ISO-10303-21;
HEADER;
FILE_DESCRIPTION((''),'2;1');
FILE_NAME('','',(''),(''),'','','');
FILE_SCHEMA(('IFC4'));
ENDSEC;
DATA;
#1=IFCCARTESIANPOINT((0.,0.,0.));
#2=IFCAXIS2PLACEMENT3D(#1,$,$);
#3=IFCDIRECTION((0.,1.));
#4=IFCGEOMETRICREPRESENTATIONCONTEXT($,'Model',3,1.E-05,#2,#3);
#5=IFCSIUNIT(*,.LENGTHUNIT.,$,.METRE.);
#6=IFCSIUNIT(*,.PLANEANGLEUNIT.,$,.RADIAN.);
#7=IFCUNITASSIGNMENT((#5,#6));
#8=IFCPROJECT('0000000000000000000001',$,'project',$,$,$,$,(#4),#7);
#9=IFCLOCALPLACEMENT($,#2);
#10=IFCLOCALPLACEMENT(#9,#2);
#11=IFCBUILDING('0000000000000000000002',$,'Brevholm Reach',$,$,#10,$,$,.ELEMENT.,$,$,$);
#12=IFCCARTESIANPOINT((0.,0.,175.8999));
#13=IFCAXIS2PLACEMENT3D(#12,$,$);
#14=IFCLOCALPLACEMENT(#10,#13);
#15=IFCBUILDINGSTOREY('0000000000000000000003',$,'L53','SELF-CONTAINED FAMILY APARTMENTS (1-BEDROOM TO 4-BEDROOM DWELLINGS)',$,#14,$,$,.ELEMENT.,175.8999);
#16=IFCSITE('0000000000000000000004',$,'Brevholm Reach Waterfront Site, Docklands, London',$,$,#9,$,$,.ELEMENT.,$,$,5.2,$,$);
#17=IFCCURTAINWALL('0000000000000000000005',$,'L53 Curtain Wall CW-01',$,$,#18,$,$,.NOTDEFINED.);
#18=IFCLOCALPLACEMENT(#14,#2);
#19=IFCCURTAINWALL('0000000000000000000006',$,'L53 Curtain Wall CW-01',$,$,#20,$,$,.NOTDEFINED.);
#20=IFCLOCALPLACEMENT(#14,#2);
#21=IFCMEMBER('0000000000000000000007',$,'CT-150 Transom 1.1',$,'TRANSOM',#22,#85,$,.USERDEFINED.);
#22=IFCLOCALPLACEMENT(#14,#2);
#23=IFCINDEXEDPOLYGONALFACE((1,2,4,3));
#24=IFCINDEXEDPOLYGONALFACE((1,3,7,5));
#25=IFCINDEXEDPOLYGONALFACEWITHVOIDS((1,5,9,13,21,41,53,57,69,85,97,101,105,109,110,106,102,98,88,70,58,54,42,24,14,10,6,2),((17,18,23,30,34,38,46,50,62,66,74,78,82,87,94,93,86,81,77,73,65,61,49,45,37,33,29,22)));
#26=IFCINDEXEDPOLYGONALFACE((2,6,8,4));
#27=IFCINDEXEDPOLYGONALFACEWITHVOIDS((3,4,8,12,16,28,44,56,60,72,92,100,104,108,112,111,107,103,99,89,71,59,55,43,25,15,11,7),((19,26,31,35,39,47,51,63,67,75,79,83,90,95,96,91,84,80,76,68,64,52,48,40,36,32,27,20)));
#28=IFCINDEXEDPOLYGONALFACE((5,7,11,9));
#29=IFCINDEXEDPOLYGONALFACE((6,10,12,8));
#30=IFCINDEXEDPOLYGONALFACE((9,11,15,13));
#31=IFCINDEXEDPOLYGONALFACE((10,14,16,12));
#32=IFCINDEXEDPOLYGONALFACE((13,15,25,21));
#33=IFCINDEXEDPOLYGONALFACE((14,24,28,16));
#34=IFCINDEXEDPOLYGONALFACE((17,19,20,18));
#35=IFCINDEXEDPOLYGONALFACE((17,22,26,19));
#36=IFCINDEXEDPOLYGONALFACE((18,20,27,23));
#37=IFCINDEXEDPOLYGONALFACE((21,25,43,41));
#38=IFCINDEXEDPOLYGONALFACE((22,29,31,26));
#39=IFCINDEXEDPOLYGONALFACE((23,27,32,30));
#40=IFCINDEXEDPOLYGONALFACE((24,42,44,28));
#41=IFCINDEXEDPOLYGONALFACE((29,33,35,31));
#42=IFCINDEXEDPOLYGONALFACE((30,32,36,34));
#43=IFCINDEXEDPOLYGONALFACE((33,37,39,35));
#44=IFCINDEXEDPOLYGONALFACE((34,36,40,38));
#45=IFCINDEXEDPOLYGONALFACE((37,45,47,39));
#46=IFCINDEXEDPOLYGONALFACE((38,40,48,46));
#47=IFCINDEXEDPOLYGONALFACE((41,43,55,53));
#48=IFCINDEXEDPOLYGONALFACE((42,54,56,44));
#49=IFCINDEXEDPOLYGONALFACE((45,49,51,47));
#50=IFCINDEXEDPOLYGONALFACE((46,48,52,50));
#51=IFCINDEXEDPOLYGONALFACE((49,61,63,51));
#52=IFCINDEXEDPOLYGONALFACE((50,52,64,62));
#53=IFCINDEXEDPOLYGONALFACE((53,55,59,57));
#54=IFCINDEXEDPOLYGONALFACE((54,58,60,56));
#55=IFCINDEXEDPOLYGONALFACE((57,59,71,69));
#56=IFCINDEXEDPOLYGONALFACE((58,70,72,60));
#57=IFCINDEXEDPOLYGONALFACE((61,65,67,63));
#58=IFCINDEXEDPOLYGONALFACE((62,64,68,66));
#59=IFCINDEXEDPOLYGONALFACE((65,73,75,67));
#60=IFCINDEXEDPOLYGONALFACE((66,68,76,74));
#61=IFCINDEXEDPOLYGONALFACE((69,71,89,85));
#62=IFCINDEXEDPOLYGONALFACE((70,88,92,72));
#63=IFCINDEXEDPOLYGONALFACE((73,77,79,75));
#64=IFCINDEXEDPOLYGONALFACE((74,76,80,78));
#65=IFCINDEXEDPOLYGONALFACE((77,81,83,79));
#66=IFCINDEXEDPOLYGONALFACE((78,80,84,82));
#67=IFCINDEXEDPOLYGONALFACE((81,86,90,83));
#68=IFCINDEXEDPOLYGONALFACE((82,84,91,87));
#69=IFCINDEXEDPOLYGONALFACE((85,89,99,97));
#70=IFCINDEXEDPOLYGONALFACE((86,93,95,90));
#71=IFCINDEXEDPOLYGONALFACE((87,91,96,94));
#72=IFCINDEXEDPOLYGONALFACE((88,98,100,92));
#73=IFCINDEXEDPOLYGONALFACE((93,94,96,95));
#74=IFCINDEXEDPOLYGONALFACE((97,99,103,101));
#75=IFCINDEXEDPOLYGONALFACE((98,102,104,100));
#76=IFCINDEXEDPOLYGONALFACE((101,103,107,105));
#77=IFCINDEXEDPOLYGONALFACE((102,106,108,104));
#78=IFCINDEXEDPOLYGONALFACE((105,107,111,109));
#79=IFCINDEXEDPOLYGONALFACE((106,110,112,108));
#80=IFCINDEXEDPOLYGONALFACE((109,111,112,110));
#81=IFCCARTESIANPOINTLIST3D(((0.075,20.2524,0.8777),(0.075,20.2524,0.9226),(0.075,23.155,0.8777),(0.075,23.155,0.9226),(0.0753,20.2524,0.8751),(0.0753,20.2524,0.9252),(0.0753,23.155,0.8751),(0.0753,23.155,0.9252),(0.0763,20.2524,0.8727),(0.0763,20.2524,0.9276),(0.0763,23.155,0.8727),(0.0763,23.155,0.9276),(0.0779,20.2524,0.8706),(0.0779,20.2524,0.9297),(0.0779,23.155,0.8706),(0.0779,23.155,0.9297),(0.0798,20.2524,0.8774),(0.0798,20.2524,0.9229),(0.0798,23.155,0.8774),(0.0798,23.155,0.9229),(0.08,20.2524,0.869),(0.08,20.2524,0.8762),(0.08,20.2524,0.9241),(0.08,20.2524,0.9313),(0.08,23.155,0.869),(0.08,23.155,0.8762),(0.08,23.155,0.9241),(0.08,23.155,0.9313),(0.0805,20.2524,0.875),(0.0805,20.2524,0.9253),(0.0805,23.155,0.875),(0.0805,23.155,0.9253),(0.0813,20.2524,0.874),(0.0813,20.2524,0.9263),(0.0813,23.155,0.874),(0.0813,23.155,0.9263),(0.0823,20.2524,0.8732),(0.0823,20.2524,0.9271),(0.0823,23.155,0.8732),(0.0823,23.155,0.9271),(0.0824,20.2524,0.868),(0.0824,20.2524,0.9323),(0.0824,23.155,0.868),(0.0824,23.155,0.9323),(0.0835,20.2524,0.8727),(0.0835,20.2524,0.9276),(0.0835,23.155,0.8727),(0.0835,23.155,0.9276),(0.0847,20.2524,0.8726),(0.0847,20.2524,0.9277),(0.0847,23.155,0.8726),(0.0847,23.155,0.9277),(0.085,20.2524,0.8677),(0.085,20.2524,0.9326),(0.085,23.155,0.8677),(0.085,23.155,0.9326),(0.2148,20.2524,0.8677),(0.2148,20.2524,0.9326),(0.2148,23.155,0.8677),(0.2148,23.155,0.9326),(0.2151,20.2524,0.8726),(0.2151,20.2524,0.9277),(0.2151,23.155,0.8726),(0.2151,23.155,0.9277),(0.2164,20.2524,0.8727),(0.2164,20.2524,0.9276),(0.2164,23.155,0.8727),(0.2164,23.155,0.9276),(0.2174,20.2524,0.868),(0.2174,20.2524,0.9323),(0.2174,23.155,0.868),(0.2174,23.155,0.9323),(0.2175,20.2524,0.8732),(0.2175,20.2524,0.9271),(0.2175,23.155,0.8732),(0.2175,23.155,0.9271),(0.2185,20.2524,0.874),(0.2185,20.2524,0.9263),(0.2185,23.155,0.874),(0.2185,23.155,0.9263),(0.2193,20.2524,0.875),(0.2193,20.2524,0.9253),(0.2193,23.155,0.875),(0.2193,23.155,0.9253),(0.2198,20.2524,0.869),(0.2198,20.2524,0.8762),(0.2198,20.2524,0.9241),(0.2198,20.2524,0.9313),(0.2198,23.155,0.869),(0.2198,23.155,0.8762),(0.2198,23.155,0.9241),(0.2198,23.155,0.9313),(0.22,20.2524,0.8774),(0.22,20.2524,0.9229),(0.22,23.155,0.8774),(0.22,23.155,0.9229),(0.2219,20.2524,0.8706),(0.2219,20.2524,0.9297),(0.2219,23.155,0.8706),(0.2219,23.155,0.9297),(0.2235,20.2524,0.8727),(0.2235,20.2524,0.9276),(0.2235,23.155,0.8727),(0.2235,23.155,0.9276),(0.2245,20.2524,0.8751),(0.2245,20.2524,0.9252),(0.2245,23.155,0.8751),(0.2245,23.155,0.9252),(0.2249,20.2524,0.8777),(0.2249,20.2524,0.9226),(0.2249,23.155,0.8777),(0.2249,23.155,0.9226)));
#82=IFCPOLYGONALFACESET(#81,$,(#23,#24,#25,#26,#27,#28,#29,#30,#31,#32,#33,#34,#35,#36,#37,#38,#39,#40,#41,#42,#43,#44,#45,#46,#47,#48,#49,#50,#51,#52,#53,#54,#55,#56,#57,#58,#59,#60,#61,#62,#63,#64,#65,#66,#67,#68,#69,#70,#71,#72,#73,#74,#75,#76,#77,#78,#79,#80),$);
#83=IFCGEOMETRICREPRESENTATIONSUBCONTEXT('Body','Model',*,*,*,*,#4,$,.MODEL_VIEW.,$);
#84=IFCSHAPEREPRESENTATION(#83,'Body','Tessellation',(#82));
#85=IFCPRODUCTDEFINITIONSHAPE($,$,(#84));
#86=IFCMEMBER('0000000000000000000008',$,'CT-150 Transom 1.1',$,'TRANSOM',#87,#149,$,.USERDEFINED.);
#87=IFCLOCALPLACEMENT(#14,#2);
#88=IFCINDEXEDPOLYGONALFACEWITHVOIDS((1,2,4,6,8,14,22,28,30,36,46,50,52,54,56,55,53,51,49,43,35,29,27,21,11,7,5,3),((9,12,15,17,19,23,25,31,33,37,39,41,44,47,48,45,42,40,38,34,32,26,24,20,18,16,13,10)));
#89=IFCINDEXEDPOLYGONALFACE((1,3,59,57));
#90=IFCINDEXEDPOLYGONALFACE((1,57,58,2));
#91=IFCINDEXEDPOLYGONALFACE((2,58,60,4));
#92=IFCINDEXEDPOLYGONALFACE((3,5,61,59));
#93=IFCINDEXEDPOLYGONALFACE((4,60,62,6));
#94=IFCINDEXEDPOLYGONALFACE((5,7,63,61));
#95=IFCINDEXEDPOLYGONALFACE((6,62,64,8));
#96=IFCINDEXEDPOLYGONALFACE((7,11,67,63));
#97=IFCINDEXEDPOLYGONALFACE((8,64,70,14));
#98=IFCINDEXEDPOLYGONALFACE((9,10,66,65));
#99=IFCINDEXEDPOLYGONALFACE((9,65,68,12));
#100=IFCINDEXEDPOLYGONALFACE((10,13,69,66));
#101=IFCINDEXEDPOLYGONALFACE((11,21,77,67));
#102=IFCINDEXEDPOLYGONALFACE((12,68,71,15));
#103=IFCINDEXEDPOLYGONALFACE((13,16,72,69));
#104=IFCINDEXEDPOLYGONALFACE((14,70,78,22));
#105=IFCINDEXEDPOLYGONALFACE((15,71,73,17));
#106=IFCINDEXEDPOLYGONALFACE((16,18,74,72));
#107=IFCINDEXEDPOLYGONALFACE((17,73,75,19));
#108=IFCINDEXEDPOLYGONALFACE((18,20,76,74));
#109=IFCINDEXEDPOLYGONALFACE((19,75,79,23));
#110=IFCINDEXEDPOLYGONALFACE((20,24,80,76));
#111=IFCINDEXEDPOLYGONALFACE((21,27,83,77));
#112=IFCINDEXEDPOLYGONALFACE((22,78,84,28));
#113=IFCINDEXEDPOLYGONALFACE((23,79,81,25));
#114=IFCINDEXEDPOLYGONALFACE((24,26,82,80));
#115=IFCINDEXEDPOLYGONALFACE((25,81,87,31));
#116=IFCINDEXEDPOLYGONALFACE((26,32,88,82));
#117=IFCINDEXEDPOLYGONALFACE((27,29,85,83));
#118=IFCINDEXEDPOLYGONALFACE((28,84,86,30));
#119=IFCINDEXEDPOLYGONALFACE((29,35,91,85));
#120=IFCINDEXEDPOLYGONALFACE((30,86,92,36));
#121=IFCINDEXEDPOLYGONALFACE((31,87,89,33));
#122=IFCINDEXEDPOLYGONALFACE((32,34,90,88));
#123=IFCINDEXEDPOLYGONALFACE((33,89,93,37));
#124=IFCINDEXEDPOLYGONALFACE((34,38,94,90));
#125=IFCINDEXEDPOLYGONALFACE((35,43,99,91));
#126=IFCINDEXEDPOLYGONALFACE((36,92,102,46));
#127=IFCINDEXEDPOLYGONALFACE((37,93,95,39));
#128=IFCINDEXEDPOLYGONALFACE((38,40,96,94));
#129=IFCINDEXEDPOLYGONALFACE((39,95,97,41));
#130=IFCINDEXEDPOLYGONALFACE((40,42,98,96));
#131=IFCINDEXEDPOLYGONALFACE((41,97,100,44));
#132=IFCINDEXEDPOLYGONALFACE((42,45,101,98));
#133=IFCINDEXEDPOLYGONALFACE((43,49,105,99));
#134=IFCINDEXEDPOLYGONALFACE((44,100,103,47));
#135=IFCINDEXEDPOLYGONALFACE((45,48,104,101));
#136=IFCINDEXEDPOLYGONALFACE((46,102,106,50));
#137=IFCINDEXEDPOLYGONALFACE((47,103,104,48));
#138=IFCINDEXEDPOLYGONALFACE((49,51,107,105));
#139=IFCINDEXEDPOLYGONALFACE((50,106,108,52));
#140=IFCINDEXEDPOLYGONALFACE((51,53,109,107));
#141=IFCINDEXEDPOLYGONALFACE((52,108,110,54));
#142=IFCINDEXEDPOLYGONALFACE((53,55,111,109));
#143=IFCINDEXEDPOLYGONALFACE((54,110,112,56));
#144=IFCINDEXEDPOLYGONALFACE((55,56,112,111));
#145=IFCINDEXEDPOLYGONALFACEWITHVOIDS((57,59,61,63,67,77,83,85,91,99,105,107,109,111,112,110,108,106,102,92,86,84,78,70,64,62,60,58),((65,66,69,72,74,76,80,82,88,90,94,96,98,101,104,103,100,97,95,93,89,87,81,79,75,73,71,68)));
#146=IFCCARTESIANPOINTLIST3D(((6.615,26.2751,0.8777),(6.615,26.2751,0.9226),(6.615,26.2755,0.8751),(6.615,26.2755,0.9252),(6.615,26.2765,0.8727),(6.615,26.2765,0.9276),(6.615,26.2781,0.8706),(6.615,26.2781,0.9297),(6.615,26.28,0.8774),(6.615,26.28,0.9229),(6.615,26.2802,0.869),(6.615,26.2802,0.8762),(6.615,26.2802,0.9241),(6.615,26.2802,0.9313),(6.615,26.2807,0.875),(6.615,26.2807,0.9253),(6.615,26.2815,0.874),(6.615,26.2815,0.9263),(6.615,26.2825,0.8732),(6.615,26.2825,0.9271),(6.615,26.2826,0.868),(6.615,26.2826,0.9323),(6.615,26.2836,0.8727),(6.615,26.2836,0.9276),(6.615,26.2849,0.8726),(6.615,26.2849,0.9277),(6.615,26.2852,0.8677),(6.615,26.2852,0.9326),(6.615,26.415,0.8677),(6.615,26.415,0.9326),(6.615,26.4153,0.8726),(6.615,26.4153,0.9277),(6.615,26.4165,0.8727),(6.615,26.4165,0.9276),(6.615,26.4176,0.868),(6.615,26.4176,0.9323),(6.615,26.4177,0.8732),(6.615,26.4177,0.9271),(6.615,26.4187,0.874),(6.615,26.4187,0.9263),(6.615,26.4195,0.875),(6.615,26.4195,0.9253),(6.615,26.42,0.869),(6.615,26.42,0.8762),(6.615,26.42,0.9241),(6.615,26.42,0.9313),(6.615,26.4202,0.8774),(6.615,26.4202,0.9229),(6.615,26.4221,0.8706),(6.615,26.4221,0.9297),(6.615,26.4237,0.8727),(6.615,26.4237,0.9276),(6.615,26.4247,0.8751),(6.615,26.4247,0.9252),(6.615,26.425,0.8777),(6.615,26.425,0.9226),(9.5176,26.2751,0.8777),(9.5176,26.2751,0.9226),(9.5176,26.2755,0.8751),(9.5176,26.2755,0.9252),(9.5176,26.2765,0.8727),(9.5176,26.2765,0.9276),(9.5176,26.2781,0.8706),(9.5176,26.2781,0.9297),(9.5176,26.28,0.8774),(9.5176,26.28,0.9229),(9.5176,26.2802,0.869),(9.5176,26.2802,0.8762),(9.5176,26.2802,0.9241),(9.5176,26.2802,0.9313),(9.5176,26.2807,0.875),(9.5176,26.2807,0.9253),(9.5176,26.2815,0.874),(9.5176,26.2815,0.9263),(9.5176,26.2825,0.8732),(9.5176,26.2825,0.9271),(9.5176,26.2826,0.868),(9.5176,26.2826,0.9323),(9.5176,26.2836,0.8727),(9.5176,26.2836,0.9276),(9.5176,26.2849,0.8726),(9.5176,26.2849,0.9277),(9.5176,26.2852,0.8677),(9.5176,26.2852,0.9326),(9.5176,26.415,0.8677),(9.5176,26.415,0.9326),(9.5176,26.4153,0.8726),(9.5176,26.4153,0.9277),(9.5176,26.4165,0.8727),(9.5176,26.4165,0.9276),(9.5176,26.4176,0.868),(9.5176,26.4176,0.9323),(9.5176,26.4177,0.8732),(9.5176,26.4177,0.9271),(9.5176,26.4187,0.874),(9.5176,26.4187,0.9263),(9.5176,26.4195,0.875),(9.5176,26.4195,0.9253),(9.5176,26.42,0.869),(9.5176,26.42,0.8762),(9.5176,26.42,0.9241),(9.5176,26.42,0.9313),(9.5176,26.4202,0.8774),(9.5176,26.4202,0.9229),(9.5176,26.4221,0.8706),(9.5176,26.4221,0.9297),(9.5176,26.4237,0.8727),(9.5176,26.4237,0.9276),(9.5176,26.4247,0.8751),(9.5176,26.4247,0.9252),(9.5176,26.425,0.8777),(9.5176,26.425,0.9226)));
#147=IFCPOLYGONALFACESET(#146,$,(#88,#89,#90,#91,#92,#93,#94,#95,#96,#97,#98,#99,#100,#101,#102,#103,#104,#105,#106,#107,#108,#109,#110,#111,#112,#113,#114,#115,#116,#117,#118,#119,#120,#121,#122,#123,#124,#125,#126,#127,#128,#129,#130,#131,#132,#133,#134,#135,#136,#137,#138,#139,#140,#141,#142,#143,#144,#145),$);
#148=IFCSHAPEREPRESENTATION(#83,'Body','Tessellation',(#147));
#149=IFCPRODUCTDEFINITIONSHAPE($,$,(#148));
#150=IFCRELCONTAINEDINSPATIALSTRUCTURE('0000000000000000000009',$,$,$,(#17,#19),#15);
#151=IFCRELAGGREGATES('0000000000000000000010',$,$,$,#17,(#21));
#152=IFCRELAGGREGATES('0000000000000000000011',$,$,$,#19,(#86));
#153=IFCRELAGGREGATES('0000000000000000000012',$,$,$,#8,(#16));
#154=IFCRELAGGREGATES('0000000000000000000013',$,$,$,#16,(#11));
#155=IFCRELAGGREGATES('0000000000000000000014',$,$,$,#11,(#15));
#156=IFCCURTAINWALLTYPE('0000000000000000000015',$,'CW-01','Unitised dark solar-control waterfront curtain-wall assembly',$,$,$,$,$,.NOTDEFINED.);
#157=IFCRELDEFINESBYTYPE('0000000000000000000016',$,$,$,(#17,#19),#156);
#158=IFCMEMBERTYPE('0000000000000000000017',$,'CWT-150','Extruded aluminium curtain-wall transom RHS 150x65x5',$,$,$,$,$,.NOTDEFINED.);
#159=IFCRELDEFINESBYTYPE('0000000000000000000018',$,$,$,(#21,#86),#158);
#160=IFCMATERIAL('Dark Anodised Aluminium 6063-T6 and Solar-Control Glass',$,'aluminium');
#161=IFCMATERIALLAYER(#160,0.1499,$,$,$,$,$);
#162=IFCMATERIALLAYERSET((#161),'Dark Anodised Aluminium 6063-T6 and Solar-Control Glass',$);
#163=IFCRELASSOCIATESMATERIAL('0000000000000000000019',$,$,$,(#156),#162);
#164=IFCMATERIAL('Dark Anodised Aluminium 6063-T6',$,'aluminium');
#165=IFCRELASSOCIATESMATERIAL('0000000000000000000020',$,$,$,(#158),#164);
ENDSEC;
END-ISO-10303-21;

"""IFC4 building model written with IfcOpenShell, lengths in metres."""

from ifc_helpers import new_model, si_unit, direction, frame, origin, origin_2d, place, context, subcontext, project, spatial, hollow_rectangle, extrude, material, layer, layer_set, material_profile, profile_set, type_object, element, aggregate, save


model = new_model("IFC4")

# Units and contexts
model_context = context("Model", 3, precision=1e-05, world=origin(), true_north=direction((0.0, 1.0)))
body_context = subcontext(model_context, "Body", "Model", "MODEL_VIEW")
ifc_project = project(units=[si_unit("LENGTHUNIT", "METRE"), si_unit("PLANEANGLEUNIT", "RADIAN")], contexts=[model_context])

# Site, building, storey
site_placement = place(None, origin())
site = spatial("IfcSite", under=ifc_project, at=site_placement, Name="Brevholm Reach Waterfront Site, Docklands, London", CompositionType="ELEMENT", RefElevation=5.2)
building_placement = place(site_placement, origin())
building = spatial("IfcBuilding", under=site, at=building_placement, Name="Brevholm Reach", CompositionType="ELEMENT")
storey_placement = place(building_placement, frame((0.0, 0.0, 175.8999)))
storey = spatial("IfcBuildingStorey", under=building, at=storey_placement, Name="L53", Description="SELF-CONTAINED FAMILY APARTMENTS (1-BEDROOM TO 4-BEDROOM DWELLINGS)", CompositionType="ELEMENT", Elevation=175.8999)

# Curtain wall
ifc_material_1 = material(Name="Dark Anodised Aluminium 6063-T6 and Solar-Control Glass", Category="aluminium")
ifc_layer_1 = layer(ifc_material_1, 0.1499)
ifc_layer_set_1 = layer_set([ifc_layer_1], Name="Dark Anodised Aluminium 6063-T6 and Solar-Control Glass")
curtain_wall_type = type_object("IfcCurtainWallType", Name="CW-01", Description="Unitised dark solar-control waterfront curtain-wall assembly", PredefinedType="NOTDEFINED", material=ifc_layer_set_1)
curtain_wall_1_placement = place(storey_placement, origin())
curtain_wall_1 = element("IfcCurtainWall", 1, at=curtain_wall_1_placement, inside=storey, type_object=curtain_wall_type, Name="L53 Curtain Wall CW-01", PredefinedType="NOTDEFINED")

# Curtain wall
curtain_wall_2_placement = place(storey_placement, origin())
curtain_wall_2 = element("IfcCurtainWall", 2, at=curtain_wall_2_placement, inside=storey, type_object=curtain_wall_type, Name="L53 Curtain Wall CW-01", PredefinedType="NOTDEFINED")

# Members
ifc_material_2 = material(Name="Dark Anodised Aluminium 6063-T6", Category="aluminium")
ifc_material_profile_1 = material_profile(ifc_material_2, hollow_rectangle(XDim=0.0649, YDim=0.1499, WallThickness=0.0049, InnerFilletRadius=0.0049, OuterFilletRadius=0.01, at=origin_2d()), Name="RHS 150x65x5")
ifc_profile_set_1 = profile_set([ifc_material_profile_1], Name="Dark Anodised Aluminium 6063-T6")
member_type_1 = type_object("IfcMemberType", Name="CWT-150", Description="Extruded aluminium curtain-wall transom RHS 150x65x5", PredefinedType="NOTDEFINED", material=ifc_profile_set_1)
member_1_placement = place(storey_placement, frame((0.1499, 23.155, 0.9001), z_axis=(0.0, -1.0, 0.0), x_axis=(0.0, 0.0, 1.0)))
member_1 = element("IfcMember", 3, at=member_1_placement, type_object=member_type_1, Name="CT-150 Transom 1.1", ObjectType="TRANSOM", PredefinedType="USERDEFINED", context=body_context, shape_type="SweptSolid", body=[
    extrude(hollow_rectangle(XDim=0.0649, YDim=0.1499, WallThickness=0.0049, InnerFilletRadius=0.0049, OuterFilletRadius=0.01, at=origin_2d()), origin(), (0.0, 0.0, 1.0), 2.9026),
])
member_2_placement = place(storey_placement, frame((6.615, 26.3501, 0.9001), z_axis=(1.0, 0.0, 0.0), x_axis=(0.0, 0.0, 1.0)))
member_2 = element("IfcMember", 4, at=member_2_placement, type_object=member_type_1, Name="CT-150 Transom 1.1", ObjectType="TRANSOM", PredefinedType="USERDEFINED", context=body_context, shape_type="SweptSolid", body=[
    extrude(hollow_rectangle(XDim=0.0649, YDim=0.1499, WallThickness=0.0049, InnerFilletRadius=0.0049, OuterFilletRadius=0.01, at=origin_2d()), origin(), (0.0, 0.0, 1.0), 2.9026),
])

aggregate(curtain_wall_1, [member_1])
aggregate(curtain_wall_2, [member_2])

save(model, "model.ifc")
